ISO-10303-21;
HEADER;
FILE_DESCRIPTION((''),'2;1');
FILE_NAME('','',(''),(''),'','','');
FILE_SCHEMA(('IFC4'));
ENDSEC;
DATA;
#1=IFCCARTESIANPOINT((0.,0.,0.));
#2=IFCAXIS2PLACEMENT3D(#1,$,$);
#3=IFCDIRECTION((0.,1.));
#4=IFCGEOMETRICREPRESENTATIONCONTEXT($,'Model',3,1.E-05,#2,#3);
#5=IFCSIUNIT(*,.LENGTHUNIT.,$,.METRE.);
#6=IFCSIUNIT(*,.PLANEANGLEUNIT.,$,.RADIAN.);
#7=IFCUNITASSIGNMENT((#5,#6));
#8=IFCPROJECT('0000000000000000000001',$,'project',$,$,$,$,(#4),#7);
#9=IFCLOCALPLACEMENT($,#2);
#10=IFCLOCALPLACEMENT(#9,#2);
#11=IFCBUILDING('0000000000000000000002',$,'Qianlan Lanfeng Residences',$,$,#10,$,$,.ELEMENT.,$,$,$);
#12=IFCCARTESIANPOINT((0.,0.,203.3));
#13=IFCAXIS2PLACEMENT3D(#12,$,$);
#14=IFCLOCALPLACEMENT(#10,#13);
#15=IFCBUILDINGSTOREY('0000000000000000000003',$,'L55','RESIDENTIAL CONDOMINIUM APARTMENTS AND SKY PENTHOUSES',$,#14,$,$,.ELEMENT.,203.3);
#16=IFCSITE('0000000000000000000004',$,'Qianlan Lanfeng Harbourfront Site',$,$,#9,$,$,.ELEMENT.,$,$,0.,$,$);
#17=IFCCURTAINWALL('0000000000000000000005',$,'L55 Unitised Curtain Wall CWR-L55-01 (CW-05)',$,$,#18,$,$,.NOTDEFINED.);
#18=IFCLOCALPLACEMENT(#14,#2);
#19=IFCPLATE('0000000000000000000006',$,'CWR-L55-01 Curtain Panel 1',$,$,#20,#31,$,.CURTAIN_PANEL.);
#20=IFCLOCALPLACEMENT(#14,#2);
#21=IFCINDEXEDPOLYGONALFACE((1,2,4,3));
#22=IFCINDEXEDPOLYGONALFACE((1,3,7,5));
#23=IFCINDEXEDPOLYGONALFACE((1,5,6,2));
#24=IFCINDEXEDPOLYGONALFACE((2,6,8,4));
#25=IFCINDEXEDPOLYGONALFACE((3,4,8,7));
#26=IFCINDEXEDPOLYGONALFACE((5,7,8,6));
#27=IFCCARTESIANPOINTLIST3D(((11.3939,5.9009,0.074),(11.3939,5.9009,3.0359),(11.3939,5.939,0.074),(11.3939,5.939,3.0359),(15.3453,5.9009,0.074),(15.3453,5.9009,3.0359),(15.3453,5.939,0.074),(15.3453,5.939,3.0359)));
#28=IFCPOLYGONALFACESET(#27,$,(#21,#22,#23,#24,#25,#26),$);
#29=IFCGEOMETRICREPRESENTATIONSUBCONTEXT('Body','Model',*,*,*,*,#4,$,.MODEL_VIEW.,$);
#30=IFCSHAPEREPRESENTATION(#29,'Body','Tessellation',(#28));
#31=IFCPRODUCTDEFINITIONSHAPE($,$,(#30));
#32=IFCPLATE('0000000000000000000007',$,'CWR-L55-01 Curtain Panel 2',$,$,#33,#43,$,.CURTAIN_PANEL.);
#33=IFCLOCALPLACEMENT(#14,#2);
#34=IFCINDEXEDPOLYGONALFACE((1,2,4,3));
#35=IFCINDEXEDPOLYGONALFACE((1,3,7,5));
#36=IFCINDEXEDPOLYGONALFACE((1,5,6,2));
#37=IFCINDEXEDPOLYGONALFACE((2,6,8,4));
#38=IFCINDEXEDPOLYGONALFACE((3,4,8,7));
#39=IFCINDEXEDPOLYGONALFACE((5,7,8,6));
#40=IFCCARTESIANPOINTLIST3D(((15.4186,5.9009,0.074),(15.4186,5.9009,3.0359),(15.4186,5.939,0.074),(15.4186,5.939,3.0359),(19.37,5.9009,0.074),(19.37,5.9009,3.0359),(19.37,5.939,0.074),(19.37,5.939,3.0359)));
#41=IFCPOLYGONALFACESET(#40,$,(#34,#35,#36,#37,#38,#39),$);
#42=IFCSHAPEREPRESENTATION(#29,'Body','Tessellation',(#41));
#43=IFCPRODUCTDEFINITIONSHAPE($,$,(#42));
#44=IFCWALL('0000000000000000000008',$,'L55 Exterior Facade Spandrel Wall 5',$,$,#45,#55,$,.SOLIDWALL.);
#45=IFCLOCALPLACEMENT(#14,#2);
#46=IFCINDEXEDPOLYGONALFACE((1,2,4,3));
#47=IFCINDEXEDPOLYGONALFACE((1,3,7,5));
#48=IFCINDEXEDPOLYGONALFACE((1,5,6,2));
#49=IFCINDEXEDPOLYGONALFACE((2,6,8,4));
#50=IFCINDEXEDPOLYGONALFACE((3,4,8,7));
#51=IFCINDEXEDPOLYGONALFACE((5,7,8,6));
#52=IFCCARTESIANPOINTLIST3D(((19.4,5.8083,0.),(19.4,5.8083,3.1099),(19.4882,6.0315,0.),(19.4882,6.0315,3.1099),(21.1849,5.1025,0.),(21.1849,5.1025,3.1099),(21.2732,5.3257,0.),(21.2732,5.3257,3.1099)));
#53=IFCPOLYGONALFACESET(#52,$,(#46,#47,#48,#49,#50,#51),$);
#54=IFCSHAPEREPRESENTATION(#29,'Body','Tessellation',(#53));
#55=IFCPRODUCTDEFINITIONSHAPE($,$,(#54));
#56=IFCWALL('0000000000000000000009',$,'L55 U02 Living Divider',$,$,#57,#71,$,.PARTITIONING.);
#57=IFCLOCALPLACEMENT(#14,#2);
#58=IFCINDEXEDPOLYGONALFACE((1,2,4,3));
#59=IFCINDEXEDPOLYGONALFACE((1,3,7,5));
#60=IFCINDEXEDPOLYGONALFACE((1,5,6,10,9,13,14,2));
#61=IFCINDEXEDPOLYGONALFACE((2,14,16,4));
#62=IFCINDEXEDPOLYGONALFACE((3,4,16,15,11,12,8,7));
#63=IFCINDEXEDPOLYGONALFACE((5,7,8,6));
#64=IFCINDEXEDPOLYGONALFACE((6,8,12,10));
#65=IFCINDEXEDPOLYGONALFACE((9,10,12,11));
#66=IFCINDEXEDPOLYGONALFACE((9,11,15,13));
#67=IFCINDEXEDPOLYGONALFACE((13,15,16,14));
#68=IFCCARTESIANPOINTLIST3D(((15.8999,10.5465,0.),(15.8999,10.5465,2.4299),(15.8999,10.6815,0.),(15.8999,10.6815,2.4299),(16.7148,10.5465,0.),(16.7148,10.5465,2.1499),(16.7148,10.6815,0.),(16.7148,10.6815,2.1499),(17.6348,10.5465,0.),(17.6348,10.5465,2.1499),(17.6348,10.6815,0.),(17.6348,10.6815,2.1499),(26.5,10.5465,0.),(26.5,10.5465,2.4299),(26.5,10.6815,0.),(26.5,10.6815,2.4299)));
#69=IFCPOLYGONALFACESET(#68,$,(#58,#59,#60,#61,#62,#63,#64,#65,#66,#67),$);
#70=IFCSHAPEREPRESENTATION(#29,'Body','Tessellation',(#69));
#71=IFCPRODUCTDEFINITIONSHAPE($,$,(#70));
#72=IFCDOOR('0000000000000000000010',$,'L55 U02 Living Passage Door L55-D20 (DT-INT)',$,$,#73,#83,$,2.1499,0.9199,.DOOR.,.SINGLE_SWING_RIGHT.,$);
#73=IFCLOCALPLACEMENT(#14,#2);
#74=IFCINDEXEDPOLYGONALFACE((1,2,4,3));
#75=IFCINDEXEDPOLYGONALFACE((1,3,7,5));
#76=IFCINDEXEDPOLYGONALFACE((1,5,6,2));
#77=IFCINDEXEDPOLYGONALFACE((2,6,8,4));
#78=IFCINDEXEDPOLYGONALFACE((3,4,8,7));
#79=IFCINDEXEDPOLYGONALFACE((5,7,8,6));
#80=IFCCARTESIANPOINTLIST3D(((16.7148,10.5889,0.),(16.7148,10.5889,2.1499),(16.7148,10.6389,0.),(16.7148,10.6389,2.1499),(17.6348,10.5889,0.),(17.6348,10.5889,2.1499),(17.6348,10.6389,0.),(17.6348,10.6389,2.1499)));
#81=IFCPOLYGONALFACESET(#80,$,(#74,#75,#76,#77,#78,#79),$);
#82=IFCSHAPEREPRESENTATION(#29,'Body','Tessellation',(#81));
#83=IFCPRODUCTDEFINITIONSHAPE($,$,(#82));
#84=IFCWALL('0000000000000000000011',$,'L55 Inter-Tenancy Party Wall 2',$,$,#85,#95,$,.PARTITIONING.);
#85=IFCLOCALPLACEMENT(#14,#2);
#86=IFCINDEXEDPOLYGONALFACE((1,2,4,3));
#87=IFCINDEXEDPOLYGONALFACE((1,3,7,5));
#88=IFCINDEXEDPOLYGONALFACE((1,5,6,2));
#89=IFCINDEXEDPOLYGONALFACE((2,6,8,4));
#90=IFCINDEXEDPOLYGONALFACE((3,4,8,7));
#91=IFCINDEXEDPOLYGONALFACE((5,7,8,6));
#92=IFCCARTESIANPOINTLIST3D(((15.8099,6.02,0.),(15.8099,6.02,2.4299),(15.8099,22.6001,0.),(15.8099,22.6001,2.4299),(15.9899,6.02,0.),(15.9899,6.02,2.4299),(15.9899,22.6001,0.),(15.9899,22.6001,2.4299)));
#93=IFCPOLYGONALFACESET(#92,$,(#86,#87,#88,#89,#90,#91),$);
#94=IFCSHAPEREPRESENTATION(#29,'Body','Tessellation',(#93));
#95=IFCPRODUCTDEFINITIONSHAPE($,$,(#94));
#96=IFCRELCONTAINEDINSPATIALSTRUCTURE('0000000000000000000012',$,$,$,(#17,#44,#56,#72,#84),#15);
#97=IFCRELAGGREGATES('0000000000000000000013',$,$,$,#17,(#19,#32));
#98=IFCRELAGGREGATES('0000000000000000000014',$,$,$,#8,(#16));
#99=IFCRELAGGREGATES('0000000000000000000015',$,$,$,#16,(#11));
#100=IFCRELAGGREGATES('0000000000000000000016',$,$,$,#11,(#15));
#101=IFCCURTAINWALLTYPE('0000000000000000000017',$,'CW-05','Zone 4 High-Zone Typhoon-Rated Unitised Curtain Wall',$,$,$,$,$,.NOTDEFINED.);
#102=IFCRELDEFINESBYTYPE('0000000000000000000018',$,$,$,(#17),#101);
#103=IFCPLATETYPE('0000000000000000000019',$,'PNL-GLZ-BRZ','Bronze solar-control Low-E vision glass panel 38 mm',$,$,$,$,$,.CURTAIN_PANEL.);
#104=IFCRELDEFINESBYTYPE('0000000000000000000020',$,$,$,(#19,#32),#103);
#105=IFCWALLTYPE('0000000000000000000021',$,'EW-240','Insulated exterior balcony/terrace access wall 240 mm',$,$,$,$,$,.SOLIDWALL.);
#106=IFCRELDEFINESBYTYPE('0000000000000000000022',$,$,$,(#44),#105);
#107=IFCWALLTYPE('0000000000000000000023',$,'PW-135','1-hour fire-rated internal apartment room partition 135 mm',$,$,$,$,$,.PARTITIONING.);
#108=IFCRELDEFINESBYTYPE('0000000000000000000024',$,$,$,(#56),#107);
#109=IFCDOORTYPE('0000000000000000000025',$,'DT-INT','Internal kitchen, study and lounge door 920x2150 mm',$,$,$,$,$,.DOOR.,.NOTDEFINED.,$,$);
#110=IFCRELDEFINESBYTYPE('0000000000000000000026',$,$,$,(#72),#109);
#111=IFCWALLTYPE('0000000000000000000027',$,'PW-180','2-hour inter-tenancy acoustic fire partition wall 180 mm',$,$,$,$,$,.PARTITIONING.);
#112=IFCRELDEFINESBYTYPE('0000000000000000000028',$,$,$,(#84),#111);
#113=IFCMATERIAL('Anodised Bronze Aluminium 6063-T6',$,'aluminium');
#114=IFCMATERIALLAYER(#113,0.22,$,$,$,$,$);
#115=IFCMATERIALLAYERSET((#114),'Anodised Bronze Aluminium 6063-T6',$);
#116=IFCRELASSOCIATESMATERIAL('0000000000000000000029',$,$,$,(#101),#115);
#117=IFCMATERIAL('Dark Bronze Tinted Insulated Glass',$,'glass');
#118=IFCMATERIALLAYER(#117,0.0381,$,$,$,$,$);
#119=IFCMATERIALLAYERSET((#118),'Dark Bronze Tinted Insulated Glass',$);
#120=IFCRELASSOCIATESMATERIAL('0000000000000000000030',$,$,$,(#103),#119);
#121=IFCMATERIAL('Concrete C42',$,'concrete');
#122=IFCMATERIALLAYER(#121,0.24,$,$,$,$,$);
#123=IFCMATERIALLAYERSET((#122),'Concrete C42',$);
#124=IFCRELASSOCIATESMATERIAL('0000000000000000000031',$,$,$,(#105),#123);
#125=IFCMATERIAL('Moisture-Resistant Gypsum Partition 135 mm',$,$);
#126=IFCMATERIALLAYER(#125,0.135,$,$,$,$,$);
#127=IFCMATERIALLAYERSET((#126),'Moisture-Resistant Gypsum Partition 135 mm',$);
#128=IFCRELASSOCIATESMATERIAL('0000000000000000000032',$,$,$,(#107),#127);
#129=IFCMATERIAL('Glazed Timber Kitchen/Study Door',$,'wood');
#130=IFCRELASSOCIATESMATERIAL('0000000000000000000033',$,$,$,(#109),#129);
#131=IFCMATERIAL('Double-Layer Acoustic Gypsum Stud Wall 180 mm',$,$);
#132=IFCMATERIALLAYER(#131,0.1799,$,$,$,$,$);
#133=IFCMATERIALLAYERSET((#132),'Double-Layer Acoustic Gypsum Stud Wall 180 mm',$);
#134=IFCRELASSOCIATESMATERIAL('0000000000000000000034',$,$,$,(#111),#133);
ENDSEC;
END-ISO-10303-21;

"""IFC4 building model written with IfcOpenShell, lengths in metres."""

from ifc_helpers import new_model, si_unit, direction, frame, frame_2d, origin, origin_2d, place, context, subcontext, project, spatial, rectangle, extrude, source, transform, mapped, material, layer, layer_set, type_object, element, fill, aggregate, save


model = new_model("IFC4")

# Units and contexts
model_context = context("Model", 3, precision=1e-05, world=origin(), true_north=direction((0.0, 1.0)))
body_context = subcontext(model_context, "Body", "Model", "MODEL_VIEW")
ifc_project = project(units=[si_unit("LENGTHUNIT", "METRE"), si_unit("PLANEANGLEUNIT", "RADIAN")], contexts=[model_context])

# Site, building, storey
site_placement = place(None, origin())
site = spatial("IfcSite", under=ifc_project, at=site_placement, Name="Qianlan Lanfeng Harbourfront Site", CompositionType="ELEMENT", RefElevation=0.0)
building_placement = place(site_placement, origin())
building = spatial("IfcBuilding", under=site, at=building_placement, Name="Qianlan Lanfeng Residences", CompositionType="ELEMENT")
storey_placement = place(building_placement, frame((0.0, 0.0, 203.3)))
storey = spatial("IfcBuildingStorey", under=building, at=storey_placement, Name="L55", Description="RESIDENTIAL CONDOMINIUM APARTMENTS AND SKY PENTHOUSES", CompositionType="ELEMENT", Elevation=203.3)

# Curtain wall, plates
ifc_material_1 = material(Name="Anodised Bronze Aluminium 6063-T6", Category="aluminium")
ifc_layer_1 = layer(ifc_material_1, 0.22)
ifc_layer_set_1 = layer_set([ifc_layer_1], Name="Anodised Bronze Aluminium 6063-T6")
curtain_wall_type = type_object("IfcCurtainWallType", Name="CW-05", Description="Zone 4 High-Zone Typhoon-Rated Unitised Curtain Wall", PredefinedType="NOTDEFINED", material=ifc_layer_set_1)
curtain_wall_placement = place(storey_placement, origin())
curtain_wall = element("IfcCurtainWall", 1, at=curtain_wall_placement, inside=storey, type_object=curtain_wall_type, Name="L55 Unitised Curtain Wall CWR-L55-01 (CW-05)", PredefinedType="NOTDEFINED")
ifc_material_2 = material(Name="Dark Bronze Tinted Insulated Glass", Category="glass")
ifc_layer_2 = layer(ifc_material_2, 0.0381)
ifc_layer_set_2 = layer_set([ifc_layer_2], Name="Dark Bronze Tinted Insulated Glass")
plate_type = type_object("IfcPlateType", Name="PNL-GLZ-BRZ", Description="Bronze solar-control Low-E vision glass panel 38 mm", PredefinedType="CURTAIN_PANEL", material=ifc_layer_set_2)
shared_shape_1 = source(origin(), body_context, "Body", "SweptSolid", [
    extrude(rectangle(XDim=3.9514, YDim=0.0381, at=origin_2d()), origin(), (0.0, 0.0, 1.0), 2.9619),
])
plate_1_placement = place(storey_placement, frame((13.3696, 5.9199, 0.074), z_axis=(0.0, 0.0, 1.0), x_axis=(1.0, 0.0, 0.0)))
plate_1 = element("IfcPlate", 2, at=plate_1_placement, type_object=plate_type, Name="CWR-L55-01 Curtain Panel 1", PredefinedType="CURTAIN_PANEL", context=body_context, shape_type="MappedRepresentation", body=[
    mapped(shared_shape_1, transform((0.0, 0.0, 0.0), scale=1.0)),
])
plate_2_placement = place(storey_placement, frame((17.3943, 5.9199, 0.074), z_axis=(0.0, 0.0, 1.0), x_axis=(1.0, 0.0, 0.0)))
plate_2 = element("IfcPlate", 3, at=plate_2_placement, type_object=plate_type, Name="CWR-L55-01 Curtain Panel 2", PredefinedType="CURTAIN_PANEL", context=body_context, shape_type="MappedRepresentation", body=[
    mapped(shared_shape_1, transform((0.0, 0.0, 0.0), scale=1.0)),
])
aggregate(curtain_wall, [plate_1, plate_2])

# Wall
ifc_material_3 = material(Name="Concrete C42", Category="concrete")
ifc_layer_3 = layer(ifc_material_3, 0.24)
ifc_layer_set_3 = layer_set([ifc_layer_3], Name="Concrete C42")
wall_type_1 = type_object("IfcWallType", Name="EW-240", Description="Insulated exterior balcony/terrace access wall 240 mm", PredefinedType="SOLIDWALL", material=ifc_layer_set_3)
wall_1_placement = place(storey_placement, frame((19.4441, 5.9199, 0.0), z_axis=(0.0, 0.0, 1.0), x_axis=(0.929934, -0.367725, 0.0)))
element("IfcWall", 4, at=wall_1_placement, inside=storey, type_object=wall_type_1, Name="L55 Exterior Facade Spandrel Wall 5", PredefinedType="SOLIDWALL", context=body_context, shape_type="SweptSolid", body=[
    extrude(rectangle(XDim=1.9194, YDim=0.24, at=frame_2d((0.9597, 0.0))), origin(), (0.0, 0.0, 1.0), 3.1099),
])

# Wall, opening, door
ifc_material_4 = material(Name="Moisture-Resistant Gypsum Partition 135 mm")
ifc_layer_4 = layer(ifc_material_4, 0.135)
ifc_layer_set_4 = layer_set([ifc_layer_4], Name="Moisture-Resistant Gypsum Partition 135 mm")
wall_type_2 = type_object("IfcWallType", Name="PW-135", Description="1-hour fire-rated internal apartment room partition 135 mm", PredefinedType="PARTITIONING", material=ifc_layer_set_4)
wall_2_placement = place(storey_placement, frame((15.8999, 10.614, 0.0), z_axis=(0.0, 0.0, 1.0), x_axis=(1.0, 0.0, 0.0)))
wall_2 = element("IfcWall", 5, at=wall_2_placement, inside=storey, type_object=wall_type_2, Name="L55 U02 Living Divider", PredefinedType="PARTITIONING", context=body_context, shape_type="SweptSolid", body=[
    extrude(rectangle(XDim=10.6001, YDim=0.135, at=frame_2d((5.3, 0.0))), origin(), (0.0, 0.0, 1.0), 2.4299),
])
opening_1_placement = place(wall_2_placement, frame((0.8149, 0.0, 0.0)))
opening_1 = element("IfcOpeningElement", 6, at=opening_1_placement, cuts=wall_2, PredefinedType="OPENING", context=body_context, shape_type="SweptSolid", body=[
    extrude(rectangle(XDim=0.9199, YDim=2.1499, at=frame_2d((0.46, 1.075))), frame((0.0, 0.0776, 0.0), z_axis=(0.0, -1.0, 0.0), x_axis=(1.0, 0.0, 0.0)), (0.0, 0.0, 1.0), 0.155),
])
ifc_material_5 = material(Name="Glazed Timber Kitchen/Study Door", Category="wood")
door_type_1 = type_object("IfcDoorType", Name="DT-INT", Description="Internal kitchen, study and lounge door 920x2150 mm", OperationType="NOTDEFINED", PredefinedType="DOOR", material=ifc_material_5)
door_1_placement = place(opening_1_placement, origin())
door_1 = element("IfcDoor", 7, at=door_1_placement, inside=storey, type_object=door_type_1, Name="L55 U02 Living Passage Door L55-D20 (DT-INT)", OperationType="SINGLE_SWING_RIGHT", OverallHeight=2.1499, OverallWidth=0.9199, PredefinedType="DOOR", context=body_context, shape_type="SweptSolid", body=[
    extrude(rectangle(XDim=0.9199, YDim=2.1499, at=frame_2d((0.46, 1.075))), frame((0.0, 0.0249, 0.0), z_axis=(0.0, -1.0, 0.0), x_axis=(1.0, 0.0, 0.0)), (0.0, 0.0, 1.0), 0.05),
])
fill(opening_1, door_1)

# Wall
ifc_material_6 = material(Name="Double-Layer Acoustic Gypsum Stud Wall 180 mm")
ifc_layer_5 = layer(ifc_material_6, 0.1799)
ifc_layer_set_5 = layer_set([ifc_layer_5], Name="Double-Layer Acoustic Gypsum Stud Wall 180 mm")
wall_type_3 = type_object("IfcWallType", Name="PW-180", Description="2-hour inter-tenancy acoustic fire partition wall 180 mm", PredefinedType="PARTITIONING", material=ifc_layer_set_5)
wall_3_placement = place(storey_placement, frame((15.8999, 6.02, 0.0), z_axis=(0.0, 0.0, 1.0), x_axis=(0.0, 1.0, 0.0)))
element("IfcWall", 8, at=wall_3_placement, inside=storey, type_object=wall_type_3, Name="L55 Inter-Tenancy Party Wall 2", PredefinedType="PARTITIONING", context=body_context, shape_type="SweptSolid", body=[
    extrude(rectangle(XDim=16.5801, YDim=0.1799, at=frame_2d((8.29, 0.0))), origin(), (0.0, 0.0, 1.0), 2.4299),
])

save(model, "model.ifc")
